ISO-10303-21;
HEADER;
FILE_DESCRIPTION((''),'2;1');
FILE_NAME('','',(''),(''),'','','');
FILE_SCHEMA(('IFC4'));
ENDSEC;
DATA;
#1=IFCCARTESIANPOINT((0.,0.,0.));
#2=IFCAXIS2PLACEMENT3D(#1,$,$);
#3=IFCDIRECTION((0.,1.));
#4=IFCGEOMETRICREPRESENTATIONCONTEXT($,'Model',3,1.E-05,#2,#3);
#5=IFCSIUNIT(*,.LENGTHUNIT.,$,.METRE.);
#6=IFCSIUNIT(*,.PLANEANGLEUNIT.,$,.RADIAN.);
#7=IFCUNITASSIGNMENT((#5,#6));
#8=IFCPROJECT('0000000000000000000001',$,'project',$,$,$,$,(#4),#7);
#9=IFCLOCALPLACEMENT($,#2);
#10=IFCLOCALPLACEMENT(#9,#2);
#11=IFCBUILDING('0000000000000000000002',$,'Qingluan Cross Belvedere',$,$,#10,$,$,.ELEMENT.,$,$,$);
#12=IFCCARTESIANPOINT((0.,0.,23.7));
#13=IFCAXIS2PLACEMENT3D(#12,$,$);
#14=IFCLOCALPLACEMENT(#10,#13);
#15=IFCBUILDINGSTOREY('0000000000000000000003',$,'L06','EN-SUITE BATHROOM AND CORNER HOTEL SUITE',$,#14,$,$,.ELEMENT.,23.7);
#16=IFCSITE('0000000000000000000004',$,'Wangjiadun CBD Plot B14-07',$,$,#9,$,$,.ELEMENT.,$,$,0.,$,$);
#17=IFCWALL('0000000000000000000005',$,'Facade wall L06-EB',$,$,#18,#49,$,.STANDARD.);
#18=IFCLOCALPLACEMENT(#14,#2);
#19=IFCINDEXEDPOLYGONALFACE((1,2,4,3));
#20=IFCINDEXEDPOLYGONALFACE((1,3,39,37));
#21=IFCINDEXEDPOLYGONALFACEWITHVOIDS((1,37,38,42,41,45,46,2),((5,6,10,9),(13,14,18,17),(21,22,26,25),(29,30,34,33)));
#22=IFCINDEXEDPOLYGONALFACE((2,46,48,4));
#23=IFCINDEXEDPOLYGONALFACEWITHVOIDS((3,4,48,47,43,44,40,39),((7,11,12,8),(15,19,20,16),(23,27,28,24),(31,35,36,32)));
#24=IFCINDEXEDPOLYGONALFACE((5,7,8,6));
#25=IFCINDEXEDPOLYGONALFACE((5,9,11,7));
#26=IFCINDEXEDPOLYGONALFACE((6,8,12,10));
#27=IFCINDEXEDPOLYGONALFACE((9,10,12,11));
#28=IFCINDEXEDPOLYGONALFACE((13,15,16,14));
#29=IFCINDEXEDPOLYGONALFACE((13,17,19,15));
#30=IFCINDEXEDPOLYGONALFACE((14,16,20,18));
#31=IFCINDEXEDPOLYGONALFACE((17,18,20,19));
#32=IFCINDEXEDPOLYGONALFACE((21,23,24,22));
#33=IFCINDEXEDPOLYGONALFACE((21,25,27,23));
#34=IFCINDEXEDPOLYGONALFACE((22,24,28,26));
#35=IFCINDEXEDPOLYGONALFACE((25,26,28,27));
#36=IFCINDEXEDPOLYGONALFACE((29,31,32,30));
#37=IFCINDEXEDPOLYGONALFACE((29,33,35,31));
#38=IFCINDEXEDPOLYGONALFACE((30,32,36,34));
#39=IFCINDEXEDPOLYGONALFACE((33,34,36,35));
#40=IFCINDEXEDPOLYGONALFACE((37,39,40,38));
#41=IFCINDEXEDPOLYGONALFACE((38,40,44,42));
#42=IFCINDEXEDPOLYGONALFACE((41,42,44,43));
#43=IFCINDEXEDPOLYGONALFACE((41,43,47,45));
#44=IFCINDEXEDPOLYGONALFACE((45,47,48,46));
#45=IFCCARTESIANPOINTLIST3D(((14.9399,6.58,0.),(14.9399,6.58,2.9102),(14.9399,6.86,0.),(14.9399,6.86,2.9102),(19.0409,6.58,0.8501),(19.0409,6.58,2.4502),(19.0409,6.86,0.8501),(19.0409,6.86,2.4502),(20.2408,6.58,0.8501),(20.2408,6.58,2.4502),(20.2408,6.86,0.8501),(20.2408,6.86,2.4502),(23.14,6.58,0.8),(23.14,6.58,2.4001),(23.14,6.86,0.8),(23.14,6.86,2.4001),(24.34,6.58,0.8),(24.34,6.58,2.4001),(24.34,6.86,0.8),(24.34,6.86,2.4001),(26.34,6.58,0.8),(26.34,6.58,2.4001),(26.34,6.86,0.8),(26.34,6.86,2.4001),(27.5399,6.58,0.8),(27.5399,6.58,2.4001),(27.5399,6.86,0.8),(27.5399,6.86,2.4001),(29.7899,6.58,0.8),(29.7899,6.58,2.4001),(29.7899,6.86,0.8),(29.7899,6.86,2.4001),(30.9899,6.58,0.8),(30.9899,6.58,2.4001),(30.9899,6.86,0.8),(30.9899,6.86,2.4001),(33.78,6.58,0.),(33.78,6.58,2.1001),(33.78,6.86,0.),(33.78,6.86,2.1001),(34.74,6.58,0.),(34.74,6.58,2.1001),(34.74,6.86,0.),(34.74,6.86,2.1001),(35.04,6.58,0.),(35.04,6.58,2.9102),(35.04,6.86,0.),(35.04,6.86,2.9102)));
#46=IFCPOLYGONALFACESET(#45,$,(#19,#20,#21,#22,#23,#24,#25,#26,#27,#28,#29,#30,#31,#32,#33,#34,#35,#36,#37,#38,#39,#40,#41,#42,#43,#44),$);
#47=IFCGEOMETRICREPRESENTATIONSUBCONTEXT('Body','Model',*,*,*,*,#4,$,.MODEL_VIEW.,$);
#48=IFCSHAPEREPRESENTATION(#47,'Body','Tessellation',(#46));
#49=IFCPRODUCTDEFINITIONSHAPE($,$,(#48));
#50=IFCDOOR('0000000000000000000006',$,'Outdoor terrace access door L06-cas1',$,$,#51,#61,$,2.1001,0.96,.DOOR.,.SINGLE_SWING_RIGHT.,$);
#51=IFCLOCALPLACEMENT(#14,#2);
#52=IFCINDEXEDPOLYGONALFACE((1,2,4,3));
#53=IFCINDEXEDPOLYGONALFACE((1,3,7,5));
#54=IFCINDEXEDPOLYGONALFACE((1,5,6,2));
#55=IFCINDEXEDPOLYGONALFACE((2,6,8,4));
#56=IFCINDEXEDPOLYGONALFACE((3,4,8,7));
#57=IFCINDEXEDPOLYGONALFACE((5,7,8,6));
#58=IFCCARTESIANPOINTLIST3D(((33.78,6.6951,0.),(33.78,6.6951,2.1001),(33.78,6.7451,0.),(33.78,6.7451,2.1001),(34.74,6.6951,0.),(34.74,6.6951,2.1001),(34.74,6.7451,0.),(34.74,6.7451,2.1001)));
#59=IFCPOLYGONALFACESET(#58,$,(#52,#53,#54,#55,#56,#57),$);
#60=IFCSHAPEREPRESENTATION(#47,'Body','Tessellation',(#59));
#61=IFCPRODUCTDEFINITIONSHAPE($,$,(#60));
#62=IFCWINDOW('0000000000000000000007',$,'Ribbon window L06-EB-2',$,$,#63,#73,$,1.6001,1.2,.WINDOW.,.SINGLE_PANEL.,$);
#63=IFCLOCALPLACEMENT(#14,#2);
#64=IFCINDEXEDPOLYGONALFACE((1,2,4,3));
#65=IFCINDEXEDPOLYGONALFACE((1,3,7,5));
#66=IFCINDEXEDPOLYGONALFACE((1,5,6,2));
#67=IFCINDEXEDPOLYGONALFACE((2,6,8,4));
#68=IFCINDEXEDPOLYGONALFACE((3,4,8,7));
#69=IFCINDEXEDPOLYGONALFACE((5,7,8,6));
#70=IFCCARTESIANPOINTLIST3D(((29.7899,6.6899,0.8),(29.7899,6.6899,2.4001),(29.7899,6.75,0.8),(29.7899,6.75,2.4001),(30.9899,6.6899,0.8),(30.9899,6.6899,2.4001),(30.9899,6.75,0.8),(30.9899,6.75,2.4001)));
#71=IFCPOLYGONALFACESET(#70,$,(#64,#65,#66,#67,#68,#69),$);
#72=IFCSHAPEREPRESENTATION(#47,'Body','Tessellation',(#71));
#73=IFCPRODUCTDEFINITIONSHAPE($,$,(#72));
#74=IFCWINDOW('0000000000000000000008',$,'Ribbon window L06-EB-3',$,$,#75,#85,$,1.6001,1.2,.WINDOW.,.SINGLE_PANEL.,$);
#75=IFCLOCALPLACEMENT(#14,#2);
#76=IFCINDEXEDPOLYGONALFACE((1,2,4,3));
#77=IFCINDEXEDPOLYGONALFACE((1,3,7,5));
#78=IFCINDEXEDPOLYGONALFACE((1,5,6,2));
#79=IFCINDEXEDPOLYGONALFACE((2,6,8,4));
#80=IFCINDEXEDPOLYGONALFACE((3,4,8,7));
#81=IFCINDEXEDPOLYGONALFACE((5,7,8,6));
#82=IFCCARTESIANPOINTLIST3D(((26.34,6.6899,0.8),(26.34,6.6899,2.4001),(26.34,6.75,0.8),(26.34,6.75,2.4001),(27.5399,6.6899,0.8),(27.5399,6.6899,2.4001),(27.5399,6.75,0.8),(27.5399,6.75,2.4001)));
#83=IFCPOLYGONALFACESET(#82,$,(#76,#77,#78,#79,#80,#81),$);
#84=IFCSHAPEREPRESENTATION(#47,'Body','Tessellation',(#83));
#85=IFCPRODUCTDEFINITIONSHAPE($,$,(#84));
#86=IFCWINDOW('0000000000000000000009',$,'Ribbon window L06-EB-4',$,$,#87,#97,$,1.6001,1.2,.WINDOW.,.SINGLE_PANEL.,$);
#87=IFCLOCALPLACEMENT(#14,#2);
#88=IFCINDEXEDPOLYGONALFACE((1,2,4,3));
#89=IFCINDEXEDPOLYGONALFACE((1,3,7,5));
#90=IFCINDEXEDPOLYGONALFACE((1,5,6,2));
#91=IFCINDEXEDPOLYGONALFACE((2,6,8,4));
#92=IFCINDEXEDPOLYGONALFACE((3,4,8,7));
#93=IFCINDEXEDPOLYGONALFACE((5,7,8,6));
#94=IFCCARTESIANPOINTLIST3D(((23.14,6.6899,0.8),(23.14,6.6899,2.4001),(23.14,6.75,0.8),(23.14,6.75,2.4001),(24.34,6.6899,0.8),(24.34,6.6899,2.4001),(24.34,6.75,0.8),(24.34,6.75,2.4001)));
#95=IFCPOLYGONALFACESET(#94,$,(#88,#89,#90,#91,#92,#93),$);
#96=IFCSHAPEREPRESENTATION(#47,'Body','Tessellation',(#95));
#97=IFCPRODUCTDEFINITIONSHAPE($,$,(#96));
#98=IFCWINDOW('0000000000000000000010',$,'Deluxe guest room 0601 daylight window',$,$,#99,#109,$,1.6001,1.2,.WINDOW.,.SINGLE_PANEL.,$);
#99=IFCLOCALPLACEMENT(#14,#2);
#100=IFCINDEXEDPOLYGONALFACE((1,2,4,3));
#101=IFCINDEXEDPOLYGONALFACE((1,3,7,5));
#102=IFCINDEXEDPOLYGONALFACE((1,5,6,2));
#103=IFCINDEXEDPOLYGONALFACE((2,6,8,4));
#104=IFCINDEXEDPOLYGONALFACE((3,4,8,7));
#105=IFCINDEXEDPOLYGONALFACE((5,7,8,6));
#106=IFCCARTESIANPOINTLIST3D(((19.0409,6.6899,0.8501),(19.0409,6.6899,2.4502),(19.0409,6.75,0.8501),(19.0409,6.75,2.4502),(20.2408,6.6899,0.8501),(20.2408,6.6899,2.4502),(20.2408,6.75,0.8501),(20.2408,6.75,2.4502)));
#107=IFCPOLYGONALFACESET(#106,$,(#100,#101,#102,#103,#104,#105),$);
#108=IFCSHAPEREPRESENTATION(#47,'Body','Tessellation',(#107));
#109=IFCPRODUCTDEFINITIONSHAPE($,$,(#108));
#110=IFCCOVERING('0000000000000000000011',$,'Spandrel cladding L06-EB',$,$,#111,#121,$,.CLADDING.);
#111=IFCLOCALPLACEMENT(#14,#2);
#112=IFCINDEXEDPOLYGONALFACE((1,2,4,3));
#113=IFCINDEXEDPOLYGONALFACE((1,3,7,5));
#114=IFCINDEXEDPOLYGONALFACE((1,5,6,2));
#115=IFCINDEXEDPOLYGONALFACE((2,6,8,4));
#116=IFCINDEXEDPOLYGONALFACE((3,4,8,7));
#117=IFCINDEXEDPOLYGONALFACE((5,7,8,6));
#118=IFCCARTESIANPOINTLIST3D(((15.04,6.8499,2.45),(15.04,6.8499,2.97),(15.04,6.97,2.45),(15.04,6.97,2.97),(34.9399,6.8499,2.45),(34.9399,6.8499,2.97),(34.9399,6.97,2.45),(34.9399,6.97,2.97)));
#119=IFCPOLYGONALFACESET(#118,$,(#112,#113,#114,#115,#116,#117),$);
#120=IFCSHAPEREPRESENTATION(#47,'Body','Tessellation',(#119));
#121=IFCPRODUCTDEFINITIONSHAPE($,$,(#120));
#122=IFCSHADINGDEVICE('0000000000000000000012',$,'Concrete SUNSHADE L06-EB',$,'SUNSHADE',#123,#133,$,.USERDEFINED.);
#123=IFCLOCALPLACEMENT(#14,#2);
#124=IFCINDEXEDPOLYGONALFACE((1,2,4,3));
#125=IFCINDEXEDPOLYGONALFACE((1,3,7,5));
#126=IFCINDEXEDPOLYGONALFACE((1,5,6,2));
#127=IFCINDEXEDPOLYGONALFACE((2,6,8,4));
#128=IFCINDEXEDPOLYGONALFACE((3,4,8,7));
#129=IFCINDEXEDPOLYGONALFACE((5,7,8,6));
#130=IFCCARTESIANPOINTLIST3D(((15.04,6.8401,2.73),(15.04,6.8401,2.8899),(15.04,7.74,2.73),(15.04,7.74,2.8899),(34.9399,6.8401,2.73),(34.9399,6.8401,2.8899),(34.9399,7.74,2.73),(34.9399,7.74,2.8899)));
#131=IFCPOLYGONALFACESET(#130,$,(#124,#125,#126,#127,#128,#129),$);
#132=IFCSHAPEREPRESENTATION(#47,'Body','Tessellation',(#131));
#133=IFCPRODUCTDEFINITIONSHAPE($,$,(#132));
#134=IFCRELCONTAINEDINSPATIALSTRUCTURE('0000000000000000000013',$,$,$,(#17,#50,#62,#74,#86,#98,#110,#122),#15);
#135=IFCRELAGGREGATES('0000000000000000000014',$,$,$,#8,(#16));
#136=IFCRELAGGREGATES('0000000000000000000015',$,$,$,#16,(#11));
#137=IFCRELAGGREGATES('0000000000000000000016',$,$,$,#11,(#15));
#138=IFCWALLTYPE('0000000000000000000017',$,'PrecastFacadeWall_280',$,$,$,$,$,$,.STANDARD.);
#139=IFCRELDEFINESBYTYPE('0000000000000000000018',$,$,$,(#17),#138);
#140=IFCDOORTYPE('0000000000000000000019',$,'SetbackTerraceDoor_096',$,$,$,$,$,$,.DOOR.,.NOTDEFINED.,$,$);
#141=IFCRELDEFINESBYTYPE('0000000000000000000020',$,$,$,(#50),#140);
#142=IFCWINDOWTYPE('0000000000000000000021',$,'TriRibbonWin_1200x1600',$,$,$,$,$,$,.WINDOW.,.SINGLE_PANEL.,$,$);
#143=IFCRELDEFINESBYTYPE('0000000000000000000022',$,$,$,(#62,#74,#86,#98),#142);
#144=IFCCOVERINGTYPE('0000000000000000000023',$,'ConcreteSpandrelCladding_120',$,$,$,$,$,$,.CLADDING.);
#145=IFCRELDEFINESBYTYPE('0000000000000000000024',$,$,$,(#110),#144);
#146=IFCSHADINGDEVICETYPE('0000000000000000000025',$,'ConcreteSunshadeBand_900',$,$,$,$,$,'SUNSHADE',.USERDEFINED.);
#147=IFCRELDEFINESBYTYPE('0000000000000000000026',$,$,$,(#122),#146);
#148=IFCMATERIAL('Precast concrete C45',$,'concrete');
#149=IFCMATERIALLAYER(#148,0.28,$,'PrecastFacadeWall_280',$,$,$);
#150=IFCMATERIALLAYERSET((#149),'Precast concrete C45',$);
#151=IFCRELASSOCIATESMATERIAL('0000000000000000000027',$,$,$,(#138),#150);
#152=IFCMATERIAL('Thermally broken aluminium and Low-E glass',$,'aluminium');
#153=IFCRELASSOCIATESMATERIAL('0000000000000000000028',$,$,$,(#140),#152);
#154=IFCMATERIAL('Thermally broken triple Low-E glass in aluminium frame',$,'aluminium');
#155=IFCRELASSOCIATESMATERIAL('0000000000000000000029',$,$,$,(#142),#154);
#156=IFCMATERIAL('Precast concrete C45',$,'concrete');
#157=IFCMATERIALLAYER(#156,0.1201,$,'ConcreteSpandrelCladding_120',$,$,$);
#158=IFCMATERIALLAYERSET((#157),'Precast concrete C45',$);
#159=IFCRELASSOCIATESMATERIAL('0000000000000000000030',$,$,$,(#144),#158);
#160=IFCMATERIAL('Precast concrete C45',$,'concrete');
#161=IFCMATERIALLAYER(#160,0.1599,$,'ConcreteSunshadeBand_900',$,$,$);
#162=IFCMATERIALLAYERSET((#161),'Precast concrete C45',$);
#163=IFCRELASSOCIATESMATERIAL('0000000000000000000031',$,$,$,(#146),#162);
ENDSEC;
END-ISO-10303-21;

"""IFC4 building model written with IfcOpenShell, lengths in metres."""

from ifc_helpers import new_model, si_unit, direction, frame, frame_2d, origin, origin_2d, place, context, subcontext, project, spatial, rectangle, extrude, material, layer, layer_set, type_object, element, fill, save


model = new_model("IFC4")

# Units and contexts
model_context = context("Model", 3, precision=1e-05, world=origin(), true_north=direction((0.0, 1.0)))
body_context = subcontext(model_context, "Body", "Model", "MODEL_VIEW")
ifc_project = project(units=[si_unit("LENGTHUNIT", "METRE"), si_unit("PLANEANGLEUNIT", "RADIAN")], contexts=[model_context])

# Site, building, storey
site_placement = place(None, origin())
site = spatial("IfcSite", under=ifc_project, at=site_placement, Name="Wangjiadun CBD Plot B14-07", CompositionType="ELEMENT", RefElevation=0.0)
building_placement = place(site_placement, origin())
building = spatial("IfcBuilding", under=site, at=building_placement, Name="Qingluan Cross Belvedere", CompositionType="ELEMENT")
storey_placement = place(building_placement, frame((0.0, 0.0, 23.7)))
storey = spatial("IfcBuildingStorey", under=building, at=storey_placement, Name="L06", Description="EN-SUITE BATHROOM AND CORNER HOTEL SUITE", CompositionType="ELEMENT", Elevation=23.7)

# Wall, openings, door, windows
ifc_material_1 = material(Name="Precast concrete C45", Category="concrete")
ifc_layer_1 = layer(ifc_material_1, 0.28, Name="PrecastFacadeWall_280")
ifc_layer_set_1 = layer_set([ifc_layer_1], Name="Precast concrete C45")
wall_type_1 = type_object("IfcWallType", Name="PrecastFacadeWall_280", PredefinedType="STANDARD", material=ifc_layer_set_1)
wall_1_placement = place(storey_placement, frame((35.04, 6.72, 0.0), z_axis=(0.0, 0.0, 1.0), x_axis=(-1.0, 0.0, 0.0)))
wall_1 = element("IfcWall", 1, at=wall_1_placement, inside=storey, type_object=wall_type_1, Name="Facade wall L06-EB", PredefinedType="STANDARD", context=body_context, shape_type="SweptSolid", body=[
    extrude(rectangle(XDim=20.1001, YDim=0.28, at=frame_2d((10.05, 0.0))), origin(), (0.0, 0.0, 1.0), 2.9102),
])
opening_1_placement = place(wall_1_placement, frame((4.05, 0.0, 0.8)))
opening_1 = element("IfcOpeningElement", 2, at=opening_1_placement, cuts=wall_1, PredefinedType="OPENING", context=body_context, shape_type="SweptSolid", body=[
    extrude(rectangle(XDim=1.2, YDim=1.6001, at=frame_2d((0.6001, 0.8))), frame((0.0, 0.1499, 0.0), z_axis=(0.0, -1.0, 0.0), x_axis=(1.0, 0.0, 0.0)), (0.0, 0.0, 1.0), 0.3),
])
opening_2_placement = place(wall_1_placement, frame((7.5, 0.0, 0.8)))
opening_2 = element("IfcOpeningElement", 3, at=opening_2_placement, cuts=wall_1, PredefinedType="OPENING", context=body_context, shape_type="SweptSolid", body=[
    extrude(rectangle(XDim=1.2, YDim=1.6001, at=frame_2d((0.6001, 0.8))), frame((0.0, 0.1499, 0.0), z_axis=(0.0, -1.0, 0.0), x_axis=(1.0, 0.0, 0.0)), (0.0, 0.0, 1.0), 0.3),
])
opening_3_placement = place(wall_1_placement, frame((10.7, 0.0, 0.8)))
opening_3 = element("IfcOpeningElement", 4, at=opening_3_placement, cuts=wall_1, PredefinedType="OPENING", context=body_context, shape_type="SweptSolid", body=[
    extrude(rectangle(XDim=1.2, YDim=1.6001, at=frame_2d((0.6001, 0.8))), frame((0.0, 0.1499, 0.0), z_axis=(0.0, -1.0, 0.0), x_axis=(1.0, 0.0, 0.0)), (0.0, 0.0, 1.0), 0.3),
])
opening_4_placement = place(wall_1_placement, frame((0.3, 0.0, 0.0)))
opening_4 = element("IfcOpeningElement", 5, at=opening_4_placement, cuts=wall_1, PredefinedType="OPENING", context=body_context, shape_type="SweptSolid", body=[
    extrude(rectangle(XDim=0.96, YDim=2.1001, at=frame_2d((0.48, 1.05))), frame((0.0, 0.1499, 0.0), z_axis=(0.0, -1.0, 0.0), x_axis=(1.0, 0.0, 0.0)), (0.0, 0.0, 1.0), 0.3),
])
opening_5_placement = place(wall_1_placement, frame((14.7991, 0.0, 0.8501)))
opening_5 = element("IfcOpeningElement", 6, at=opening_5_placement, cuts=wall_1, PredefinedType="OPENING", context=body_context, shape_type="SweptSolid", body=[
    extrude(rectangle(XDim=1.2, YDim=1.6001, at=frame_2d((0.6001, 0.8))), frame((0.0, 0.1499, 0.0), z_axis=(0.0, -1.0, 0.0), x_axis=(1.0, 0.0, 0.0)), (0.0, 0.0, 1.0), 0.3),
])
ifc_material_2 = material(Name="Thermally broken aluminium and Low-E glass", Category="aluminium")
door_type_1 = type_object("IfcDoorType", Name="SetbackTerraceDoor_096", OperationType="NOTDEFINED", PredefinedType="DOOR", material=ifc_material_2)
door_1_placement = place(opening_4_placement, origin())
door_1 = element("IfcDoor", 7, at=door_1_placement, inside=storey, type_object=door_type_1, Name="Outdoor terrace access door L06-cas1", OperationType="SINGLE_SWING_RIGHT", OverallHeight=2.1001, OverallWidth=0.96, PredefinedType="DOOR", context=body_context, shape_type="SweptSolid", body=[
    extrude(rectangle(XDim=0.96, YDim=2.1001, at=frame_2d((0.48, 1.05))), frame((0.0, 0.0249, 0.0), z_axis=(0.0, -1.0, 0.0), x_axis=(1.0, 0.0, 0.0)), (0.0, 0.0, 1.0), 0.05),
])
fill(opening_4, door_1)
ifc_material_3 = material(Name="Thermally broken triple Low-E glass in aluminium frame", Category="aluminium")
window_type = type_object("IfcWindowType", Name="TriRibbonWin_1200x1600", PartitioningType="SINGLE_PANEL", PredefinedType="WINDOW", material=ifc_material_3)
window_1_placement = place(opening_1_placement, origin())
window_1 = element("IfcWindow", 8, at=window_1_placement, inside=storey, type_object=window_type, Name="Ribbon window L06-EB-2", OverallHeight=1.6001, OverallWidth=1.2, PartitioningType="SINGLE_PANEL", PredefinedType="WINDOW", context=body_context, shape_type="SweptSolid", body=[
    extrude(rectangle(XDim=1.2, YDim=1.6001, at=frame_2d((0.6001, 0.8))), frame((0.0, 0.03, 0.0), z_axis=(0.0, -1.0, 0.0), x_axis=(1.0, 0.0, 0.0)), (0.0, 0.0, 1.0), 0.0601),
])
fill(opening_1, window_1)
window_2_placement = place(opening_2_placement, origin())
window_2 = element("IfcWindow", 9, at=window_2_placement, inside=storey, type_object=window_type, Name="Ribbon window L06-EB-3", OverallHeight=1.6001, OverallWidth=1.2, PartitioningType="SINGLE_PANEL", PredefinedType="WINDOW", context=body_context, shape_type="SweptSolid", body=[
    extrude(rectangle(XDim=1.2, YDim=1.6001, at=frame_2d((0.6001, 0.8))), frame((0.0, 0.03, 0.0), z_axis=(0.0, -1.0, 0.0), x_axis=(1.0, 0.0, 0.0)), (0.0, 0.0, 1.0), 0.0601),
])
fill(opening_2, window_2)
window_3_placement = place(opening_3_placement, origin())
window_3 = element("IfcWindow", 10, at=window_3_placement, inside=storey, type_object=window_type, Name="Ribbon window L06-EB-4", OverallHeight=1.6001, OverallWidth=1.2, PartitioningType="SINGLE_PANEL", PredefinedType="WINDOW", context=body_context, shape_type="SweptSolid", body=[
    extrude(rectangle(XDim=1.2, YDim=1.6001, at=frame_2d((0.6001, 0.8))), frame((0.0, 0.03, 0.0), z_axis=(0.0, -1.0, 0.0), x_axis=(1.0, 0.0, 0.0)), (0.0, 0.0, 1.0), 0.0601),
])
fill(opening_3, window_3)
window_4_placement = place(opening_5_placement, origin())
window_4 = element("IfcWindow", 11, at=window_4_placement, inside=storey, type_object=window_type, Name="Deluxe guest room 0601 daylight window", OverallHeight=1.6001, OverallWidth=1.2, PartitioningType="SINGLE_PANEL", PredefinedType="WINDOW", context=body_context, shape_type="SweptSolid", body=[
    extrude(rectangle(XDim=1.2, YDim=1.6001, at=frame_2d((0.6001, 0.8))), frame((0.0, 0.03, 0.0), z_axis=(0.0, -1.0, 0.0), x_axis=(1.0, 0.0, 0.0)), (0.0, 0.0, 1.0), 0.0601),
])
fill(opening_5, window_4)

# Covering
ifc_material_4 = material(Name="Precast concrete C45", Category="concrete")
ifc_layer_2 = layer(ifc_material_4, 0.1201, Name="ConcreteSpandrelCladding_120")
ifc_layer_set_2 = layer_set([ifc_layer_2], Name="Precast concrete C45")
covering_type = type_object("IfcCoveringType", Name="ConcreteSpandrelCladding_120", PredefinedType="CLADDING", material=ifc_layer_set_2)
covering_placement = place(storey_placement, frame((24.99, 6.9099, 2.45), z_axis=(0.0, 0.0, 1.0), x_axis=(-1.0, 0.0, 0.0)))
element("IfcCovering", 12, at=covering_placement, inside=storey, type_object=covering_type, Name="Spandrel cladding L06-EB", PredefinedType="CLADDING", context=body_context, shape_type="SweptSolid", body=[
    extrude(rectangle(XDim=19.8999, YDim=0.1201, at=origin_2d()), origin(), (0.0, 0.0, 1.0), 0.52),
])

# Shading device
ifc_material_5 = material(Name="Precast concrete C45", Category="concrete")
ifc_layer_3 = layer(ifc_material_5, 0.1599, Name="ConcreteSunshadeBand_900")
ifc_layer_set_3 = layer_set([ifc_layer_3], Name="Precast concrete C45")
shading_device_type = type_object("IfcShadingDeviceType", Name="ConcreteSunshadeBand_900", ElementType="SUNSHADE", PredefinedType="USERDEFINED", material=ifc_layer_set_3)
shading_device_placement = place(storey_placement, frame((24.99, 7.29, 2.73), z_axis=(0.0, 0.0, 1.0), x_axis=(-1.0, 0.0, 0.0)))
element("IfcShadingDevice", 13, at=shading_device_placement, inside=storey, type_object=shading_device_type, Name="Concrete SUNSHADE L06-EB", ObjectType="SUNSHADE", PredefinedType="USERDEFINED", context=body_context, shape_type="SweptSolid", body=[
    extrude(rectangle(XDim=19.8999, YDim=0.8999, at=origin_2d()), origin(), (0.0, 0.0, 1.0), 0.1599),
])

save(model, "model.ifc")
